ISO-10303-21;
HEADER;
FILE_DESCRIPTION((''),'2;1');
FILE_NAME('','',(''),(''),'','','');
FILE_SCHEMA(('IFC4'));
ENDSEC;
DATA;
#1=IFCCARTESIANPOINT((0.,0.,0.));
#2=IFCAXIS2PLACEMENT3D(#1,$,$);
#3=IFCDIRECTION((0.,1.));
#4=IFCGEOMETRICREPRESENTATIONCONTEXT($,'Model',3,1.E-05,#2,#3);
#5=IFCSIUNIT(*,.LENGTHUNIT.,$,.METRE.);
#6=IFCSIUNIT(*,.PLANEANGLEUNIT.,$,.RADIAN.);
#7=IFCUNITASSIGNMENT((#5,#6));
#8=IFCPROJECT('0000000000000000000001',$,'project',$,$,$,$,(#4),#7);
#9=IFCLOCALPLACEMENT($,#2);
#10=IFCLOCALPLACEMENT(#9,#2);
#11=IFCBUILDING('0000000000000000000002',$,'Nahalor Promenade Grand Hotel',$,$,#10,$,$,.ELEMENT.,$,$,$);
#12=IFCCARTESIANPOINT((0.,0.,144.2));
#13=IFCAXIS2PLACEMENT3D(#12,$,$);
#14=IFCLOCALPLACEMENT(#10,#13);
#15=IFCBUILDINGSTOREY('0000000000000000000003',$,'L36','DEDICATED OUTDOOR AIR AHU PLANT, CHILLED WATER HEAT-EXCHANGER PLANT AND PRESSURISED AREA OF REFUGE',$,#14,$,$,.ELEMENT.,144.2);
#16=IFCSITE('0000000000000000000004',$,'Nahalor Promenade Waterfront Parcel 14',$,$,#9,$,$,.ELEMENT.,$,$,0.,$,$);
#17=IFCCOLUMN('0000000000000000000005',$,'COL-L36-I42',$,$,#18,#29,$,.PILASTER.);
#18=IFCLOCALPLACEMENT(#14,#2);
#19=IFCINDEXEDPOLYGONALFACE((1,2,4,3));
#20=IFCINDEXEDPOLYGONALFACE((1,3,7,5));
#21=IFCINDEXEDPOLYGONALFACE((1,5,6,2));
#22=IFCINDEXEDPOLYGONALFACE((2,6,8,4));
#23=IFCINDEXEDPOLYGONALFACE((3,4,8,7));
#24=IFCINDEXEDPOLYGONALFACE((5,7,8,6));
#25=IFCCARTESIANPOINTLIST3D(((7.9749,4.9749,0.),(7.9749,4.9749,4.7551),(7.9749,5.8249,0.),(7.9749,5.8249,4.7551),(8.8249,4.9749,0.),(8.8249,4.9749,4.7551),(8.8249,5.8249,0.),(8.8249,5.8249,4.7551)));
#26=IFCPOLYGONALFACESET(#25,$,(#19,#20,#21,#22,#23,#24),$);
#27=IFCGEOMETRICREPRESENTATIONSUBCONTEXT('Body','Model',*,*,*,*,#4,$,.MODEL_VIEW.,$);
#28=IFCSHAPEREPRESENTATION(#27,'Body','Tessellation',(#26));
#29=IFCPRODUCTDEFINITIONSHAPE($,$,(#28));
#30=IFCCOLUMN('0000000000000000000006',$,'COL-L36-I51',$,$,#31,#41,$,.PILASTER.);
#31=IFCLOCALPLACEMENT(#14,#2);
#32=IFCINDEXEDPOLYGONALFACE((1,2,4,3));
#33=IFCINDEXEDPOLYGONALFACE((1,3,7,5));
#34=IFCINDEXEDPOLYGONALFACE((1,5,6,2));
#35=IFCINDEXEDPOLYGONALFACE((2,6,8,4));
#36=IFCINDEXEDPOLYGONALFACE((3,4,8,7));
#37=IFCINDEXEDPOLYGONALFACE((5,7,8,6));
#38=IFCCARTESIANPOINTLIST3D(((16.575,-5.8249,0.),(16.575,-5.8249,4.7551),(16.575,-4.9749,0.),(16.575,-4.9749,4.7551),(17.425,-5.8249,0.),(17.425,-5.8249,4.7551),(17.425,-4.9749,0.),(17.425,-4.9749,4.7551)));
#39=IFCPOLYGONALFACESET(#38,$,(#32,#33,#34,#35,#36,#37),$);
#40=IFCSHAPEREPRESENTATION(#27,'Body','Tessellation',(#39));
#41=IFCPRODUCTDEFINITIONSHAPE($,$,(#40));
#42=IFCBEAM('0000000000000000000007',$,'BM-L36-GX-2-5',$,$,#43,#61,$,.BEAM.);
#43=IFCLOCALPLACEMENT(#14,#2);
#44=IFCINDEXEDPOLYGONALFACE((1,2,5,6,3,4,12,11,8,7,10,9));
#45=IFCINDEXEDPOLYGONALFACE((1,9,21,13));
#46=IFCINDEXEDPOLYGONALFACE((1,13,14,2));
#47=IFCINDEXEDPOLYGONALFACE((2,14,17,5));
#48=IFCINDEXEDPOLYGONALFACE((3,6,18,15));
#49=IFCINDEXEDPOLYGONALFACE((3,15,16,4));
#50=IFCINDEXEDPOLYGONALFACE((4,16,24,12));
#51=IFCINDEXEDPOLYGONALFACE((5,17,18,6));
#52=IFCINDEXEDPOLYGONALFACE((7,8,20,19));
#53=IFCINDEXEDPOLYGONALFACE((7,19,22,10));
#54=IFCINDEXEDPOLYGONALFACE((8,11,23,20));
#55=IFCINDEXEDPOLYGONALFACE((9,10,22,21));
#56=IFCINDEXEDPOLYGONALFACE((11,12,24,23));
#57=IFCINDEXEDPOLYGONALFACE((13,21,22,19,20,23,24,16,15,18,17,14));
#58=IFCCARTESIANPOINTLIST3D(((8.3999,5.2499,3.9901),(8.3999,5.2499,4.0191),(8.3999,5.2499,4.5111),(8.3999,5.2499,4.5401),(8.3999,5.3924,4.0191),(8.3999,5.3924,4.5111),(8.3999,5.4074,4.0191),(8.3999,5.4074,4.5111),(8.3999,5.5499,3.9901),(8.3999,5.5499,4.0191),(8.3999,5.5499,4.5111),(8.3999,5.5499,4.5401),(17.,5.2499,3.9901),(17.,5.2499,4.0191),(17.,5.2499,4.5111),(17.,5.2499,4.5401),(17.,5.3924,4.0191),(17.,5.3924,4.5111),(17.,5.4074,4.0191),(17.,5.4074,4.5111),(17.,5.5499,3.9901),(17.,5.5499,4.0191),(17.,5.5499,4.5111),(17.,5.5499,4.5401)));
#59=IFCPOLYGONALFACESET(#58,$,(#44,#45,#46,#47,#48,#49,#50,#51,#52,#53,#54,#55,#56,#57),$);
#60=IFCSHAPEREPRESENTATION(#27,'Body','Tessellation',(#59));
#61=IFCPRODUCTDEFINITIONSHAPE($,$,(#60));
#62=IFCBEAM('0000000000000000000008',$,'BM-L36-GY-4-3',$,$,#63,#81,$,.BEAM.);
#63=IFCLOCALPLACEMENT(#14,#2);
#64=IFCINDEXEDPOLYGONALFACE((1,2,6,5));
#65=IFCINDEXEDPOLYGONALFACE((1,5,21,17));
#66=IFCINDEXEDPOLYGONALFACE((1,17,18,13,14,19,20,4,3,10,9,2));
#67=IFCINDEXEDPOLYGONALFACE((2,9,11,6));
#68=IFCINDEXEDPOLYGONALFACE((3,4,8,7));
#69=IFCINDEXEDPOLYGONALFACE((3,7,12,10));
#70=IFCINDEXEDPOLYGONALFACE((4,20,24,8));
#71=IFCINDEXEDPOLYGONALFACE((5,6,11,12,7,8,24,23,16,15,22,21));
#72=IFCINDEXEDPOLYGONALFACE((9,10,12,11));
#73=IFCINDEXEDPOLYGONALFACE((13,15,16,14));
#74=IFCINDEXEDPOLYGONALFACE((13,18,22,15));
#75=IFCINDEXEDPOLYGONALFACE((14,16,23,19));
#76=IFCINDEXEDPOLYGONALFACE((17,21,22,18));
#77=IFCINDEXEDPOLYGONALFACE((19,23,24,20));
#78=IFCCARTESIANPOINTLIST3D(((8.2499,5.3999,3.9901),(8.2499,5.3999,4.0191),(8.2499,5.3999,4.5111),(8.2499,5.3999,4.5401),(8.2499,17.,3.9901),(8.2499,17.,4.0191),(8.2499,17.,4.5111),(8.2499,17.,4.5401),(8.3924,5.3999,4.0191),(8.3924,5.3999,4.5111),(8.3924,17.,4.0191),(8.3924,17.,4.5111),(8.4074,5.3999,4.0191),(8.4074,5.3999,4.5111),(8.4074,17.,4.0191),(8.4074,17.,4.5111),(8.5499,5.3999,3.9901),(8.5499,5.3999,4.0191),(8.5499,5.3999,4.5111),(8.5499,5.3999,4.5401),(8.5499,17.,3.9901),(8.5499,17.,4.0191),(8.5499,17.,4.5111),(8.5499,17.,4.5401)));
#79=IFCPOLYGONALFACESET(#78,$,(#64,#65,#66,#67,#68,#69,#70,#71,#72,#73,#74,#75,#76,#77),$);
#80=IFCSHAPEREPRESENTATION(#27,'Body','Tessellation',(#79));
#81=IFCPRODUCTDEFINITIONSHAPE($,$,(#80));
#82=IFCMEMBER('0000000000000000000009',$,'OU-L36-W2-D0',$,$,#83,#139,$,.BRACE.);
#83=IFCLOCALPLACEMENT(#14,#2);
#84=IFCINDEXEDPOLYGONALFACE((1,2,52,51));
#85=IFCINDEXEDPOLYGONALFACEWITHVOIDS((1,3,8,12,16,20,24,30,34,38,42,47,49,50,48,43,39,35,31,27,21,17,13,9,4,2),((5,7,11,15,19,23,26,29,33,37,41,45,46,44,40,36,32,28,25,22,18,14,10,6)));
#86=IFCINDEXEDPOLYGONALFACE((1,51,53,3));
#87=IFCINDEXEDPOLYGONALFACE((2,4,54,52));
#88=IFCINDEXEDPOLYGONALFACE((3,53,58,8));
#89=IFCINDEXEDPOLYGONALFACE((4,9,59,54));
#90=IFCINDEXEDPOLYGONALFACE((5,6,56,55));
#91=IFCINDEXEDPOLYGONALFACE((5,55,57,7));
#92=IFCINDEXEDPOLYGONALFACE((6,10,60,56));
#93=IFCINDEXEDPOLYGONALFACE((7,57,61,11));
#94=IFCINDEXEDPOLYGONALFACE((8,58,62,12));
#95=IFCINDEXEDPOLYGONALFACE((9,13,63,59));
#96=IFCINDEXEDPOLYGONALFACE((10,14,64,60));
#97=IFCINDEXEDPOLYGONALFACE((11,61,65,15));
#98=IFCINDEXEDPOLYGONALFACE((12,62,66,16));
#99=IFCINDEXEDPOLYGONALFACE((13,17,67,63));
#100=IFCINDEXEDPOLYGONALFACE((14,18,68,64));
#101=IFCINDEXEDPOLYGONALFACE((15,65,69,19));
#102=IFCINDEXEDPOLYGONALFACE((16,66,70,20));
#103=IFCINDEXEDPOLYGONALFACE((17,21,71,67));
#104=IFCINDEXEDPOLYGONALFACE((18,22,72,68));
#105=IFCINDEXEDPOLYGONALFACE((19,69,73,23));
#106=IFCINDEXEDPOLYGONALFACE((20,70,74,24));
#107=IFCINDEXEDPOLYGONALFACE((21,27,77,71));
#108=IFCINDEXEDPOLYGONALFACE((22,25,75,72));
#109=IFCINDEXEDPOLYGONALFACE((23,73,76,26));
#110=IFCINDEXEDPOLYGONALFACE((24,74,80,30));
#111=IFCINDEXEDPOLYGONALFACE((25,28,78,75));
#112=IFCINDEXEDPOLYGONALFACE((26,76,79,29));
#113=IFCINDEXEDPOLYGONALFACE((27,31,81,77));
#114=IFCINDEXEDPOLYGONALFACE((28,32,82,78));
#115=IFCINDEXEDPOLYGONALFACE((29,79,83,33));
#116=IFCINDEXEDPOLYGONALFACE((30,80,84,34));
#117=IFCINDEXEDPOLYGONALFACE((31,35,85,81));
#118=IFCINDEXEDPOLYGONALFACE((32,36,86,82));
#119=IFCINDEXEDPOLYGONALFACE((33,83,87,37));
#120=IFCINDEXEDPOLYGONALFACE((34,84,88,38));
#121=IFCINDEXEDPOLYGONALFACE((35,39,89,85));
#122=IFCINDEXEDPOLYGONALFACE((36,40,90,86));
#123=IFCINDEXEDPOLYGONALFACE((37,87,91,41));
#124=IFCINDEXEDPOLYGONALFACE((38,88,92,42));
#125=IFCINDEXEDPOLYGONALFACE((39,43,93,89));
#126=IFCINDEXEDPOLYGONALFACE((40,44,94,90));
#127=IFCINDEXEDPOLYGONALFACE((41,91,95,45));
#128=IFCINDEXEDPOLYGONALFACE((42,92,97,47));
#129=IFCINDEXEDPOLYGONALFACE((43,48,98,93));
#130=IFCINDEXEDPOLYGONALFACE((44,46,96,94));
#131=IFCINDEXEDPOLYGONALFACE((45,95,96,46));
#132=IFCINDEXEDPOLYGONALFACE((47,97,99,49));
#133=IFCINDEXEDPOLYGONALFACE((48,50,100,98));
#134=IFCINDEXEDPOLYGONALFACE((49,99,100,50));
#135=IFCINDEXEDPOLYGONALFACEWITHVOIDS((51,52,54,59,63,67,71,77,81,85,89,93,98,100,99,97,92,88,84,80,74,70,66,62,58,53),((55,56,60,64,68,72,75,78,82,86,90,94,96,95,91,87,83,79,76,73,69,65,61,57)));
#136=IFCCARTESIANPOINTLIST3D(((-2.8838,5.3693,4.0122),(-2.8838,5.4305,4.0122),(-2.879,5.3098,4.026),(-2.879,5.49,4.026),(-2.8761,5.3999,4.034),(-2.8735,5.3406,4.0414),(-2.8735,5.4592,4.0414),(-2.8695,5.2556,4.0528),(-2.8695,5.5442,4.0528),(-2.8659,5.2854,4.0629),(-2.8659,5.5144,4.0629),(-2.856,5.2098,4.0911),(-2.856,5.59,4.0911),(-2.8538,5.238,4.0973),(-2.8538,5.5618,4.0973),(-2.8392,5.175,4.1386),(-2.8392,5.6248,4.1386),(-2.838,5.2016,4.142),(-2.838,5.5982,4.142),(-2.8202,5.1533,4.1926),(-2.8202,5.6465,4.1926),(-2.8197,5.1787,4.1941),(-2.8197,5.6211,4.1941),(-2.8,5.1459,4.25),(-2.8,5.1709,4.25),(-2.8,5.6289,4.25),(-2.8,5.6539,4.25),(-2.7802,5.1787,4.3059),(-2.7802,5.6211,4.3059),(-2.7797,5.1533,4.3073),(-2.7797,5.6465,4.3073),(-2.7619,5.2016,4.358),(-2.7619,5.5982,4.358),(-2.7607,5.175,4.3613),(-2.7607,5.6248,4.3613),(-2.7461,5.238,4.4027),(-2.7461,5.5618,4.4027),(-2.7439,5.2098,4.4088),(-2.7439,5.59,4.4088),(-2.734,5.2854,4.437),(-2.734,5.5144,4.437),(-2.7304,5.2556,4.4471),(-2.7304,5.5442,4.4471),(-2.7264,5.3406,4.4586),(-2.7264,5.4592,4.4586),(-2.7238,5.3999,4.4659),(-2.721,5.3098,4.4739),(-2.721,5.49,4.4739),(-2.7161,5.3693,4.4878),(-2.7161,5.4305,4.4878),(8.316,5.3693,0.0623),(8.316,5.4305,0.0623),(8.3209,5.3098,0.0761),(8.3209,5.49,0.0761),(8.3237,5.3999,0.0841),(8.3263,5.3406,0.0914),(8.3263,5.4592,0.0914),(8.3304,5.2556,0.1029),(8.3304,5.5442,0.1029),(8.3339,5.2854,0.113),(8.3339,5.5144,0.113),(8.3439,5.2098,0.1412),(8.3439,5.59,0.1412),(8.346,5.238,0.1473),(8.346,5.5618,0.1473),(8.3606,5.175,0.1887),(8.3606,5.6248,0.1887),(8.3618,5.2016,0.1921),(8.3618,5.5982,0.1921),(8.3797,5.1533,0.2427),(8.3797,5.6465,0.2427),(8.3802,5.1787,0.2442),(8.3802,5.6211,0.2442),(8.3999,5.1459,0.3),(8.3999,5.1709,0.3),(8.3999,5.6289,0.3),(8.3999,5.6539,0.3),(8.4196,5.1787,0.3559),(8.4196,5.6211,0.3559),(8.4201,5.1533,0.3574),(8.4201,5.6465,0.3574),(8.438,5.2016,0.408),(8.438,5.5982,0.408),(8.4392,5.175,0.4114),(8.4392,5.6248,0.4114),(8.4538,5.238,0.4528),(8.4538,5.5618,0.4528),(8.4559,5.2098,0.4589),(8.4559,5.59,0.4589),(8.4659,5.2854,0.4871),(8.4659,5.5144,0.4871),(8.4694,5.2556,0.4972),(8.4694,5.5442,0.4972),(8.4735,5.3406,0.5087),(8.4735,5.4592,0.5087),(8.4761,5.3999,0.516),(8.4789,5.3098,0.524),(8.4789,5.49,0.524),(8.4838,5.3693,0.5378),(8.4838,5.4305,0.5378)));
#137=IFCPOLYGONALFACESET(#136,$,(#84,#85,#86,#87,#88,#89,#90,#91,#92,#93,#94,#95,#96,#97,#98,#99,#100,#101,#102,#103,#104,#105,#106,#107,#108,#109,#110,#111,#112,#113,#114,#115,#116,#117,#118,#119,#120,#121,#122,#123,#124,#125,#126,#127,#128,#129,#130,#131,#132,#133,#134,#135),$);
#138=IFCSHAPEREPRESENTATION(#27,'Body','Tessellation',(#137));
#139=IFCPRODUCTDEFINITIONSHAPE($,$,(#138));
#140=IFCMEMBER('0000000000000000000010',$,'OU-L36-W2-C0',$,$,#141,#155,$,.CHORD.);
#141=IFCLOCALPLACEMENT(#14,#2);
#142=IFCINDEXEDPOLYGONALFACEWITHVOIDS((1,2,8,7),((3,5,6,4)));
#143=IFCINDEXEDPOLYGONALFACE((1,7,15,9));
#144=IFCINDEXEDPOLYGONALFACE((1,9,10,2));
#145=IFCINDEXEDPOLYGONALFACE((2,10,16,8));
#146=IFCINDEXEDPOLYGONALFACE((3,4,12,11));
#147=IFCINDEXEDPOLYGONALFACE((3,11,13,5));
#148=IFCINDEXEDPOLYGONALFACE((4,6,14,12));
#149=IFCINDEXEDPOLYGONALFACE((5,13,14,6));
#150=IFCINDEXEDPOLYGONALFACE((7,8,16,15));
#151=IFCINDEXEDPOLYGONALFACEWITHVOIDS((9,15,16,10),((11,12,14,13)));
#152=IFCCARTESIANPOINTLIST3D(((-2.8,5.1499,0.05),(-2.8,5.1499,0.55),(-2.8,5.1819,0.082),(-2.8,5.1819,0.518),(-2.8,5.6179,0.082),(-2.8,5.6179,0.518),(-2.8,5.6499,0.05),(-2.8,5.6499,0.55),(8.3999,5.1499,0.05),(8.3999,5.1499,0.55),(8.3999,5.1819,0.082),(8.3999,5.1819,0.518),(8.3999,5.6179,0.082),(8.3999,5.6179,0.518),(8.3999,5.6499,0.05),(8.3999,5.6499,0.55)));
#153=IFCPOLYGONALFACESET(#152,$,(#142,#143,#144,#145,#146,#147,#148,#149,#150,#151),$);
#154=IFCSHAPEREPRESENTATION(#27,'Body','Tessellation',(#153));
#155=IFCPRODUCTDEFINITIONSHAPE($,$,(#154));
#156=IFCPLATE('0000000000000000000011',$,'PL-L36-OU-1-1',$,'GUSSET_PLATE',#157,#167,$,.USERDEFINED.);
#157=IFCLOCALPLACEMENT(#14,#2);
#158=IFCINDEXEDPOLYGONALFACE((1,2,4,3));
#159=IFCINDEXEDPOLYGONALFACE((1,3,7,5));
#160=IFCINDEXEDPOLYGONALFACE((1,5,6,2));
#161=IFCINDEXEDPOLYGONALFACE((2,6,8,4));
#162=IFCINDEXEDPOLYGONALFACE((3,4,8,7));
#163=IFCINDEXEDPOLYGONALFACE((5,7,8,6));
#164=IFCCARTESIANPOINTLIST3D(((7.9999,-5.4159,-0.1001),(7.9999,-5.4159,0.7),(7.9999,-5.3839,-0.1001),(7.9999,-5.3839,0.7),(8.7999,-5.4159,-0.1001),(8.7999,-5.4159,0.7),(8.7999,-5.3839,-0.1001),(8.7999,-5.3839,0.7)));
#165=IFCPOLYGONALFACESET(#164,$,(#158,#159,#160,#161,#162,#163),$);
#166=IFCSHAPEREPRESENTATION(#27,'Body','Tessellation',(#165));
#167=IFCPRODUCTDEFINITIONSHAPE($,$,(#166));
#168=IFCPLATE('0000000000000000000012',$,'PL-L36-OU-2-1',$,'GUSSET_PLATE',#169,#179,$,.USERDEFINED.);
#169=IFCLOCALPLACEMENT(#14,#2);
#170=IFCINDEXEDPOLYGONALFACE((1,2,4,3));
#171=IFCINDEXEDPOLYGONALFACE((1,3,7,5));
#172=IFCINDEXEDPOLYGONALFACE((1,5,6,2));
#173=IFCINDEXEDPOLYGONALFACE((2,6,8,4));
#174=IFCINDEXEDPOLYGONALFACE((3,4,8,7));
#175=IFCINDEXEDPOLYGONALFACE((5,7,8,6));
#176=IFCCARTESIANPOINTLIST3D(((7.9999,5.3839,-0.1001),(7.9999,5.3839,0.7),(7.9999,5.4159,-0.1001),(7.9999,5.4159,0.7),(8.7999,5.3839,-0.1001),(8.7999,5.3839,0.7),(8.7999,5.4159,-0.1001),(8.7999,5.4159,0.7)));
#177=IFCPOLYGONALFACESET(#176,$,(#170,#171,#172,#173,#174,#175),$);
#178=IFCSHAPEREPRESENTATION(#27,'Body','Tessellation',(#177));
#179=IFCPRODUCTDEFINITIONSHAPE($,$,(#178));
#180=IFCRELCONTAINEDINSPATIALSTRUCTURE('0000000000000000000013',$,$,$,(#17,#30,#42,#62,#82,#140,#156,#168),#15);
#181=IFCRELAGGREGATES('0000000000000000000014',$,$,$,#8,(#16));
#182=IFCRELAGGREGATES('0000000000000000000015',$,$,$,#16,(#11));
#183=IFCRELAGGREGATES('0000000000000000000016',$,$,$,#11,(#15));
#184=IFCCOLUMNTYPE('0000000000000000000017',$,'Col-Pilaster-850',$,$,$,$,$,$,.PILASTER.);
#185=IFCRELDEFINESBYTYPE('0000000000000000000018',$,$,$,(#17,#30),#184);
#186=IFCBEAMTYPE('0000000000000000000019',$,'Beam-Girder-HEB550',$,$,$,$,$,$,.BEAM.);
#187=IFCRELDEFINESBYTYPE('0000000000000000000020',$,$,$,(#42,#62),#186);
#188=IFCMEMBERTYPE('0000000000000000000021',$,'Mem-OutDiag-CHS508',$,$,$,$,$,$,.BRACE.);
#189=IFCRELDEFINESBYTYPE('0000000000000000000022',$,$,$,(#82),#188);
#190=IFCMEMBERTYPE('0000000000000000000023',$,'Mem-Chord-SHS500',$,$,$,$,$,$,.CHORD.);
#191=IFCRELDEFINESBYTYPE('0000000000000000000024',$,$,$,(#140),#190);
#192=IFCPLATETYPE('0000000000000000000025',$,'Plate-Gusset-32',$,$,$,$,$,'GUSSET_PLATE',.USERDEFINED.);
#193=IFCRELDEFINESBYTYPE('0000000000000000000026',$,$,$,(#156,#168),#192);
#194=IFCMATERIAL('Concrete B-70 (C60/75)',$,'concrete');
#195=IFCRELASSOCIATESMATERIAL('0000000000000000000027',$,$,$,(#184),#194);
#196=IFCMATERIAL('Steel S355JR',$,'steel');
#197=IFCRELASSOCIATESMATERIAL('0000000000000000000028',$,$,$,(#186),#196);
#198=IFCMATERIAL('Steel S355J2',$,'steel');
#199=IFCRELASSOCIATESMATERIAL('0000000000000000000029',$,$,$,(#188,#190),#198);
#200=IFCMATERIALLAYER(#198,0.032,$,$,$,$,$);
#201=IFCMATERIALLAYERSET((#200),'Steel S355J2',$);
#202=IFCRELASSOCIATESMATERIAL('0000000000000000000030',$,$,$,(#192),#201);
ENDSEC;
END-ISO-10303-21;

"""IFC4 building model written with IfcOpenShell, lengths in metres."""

from ifc_helpers import new_model, si_unit, direction, frame, origin, origin_2d, place, context, subcontext, project, spatial, rectangle, hollow_rectangle, hollow_circle, i_section, extrude, source, transform, mapped, material, layer, layer_set, material_profile, profile_set, type_object, element, save


model = new_model("IFC4")

# Units and contexts
model_context = context("Model", 3, precision=1e-05, world=origin(), true_north=direction((0.0, 1.0)))
body_context = subcontext(model_context, "Body", "Model", "MODEL_VIEW")
ifc_project = project(units=[si_unit("LENGTHUNIT", "METRE"), si_unit("PLANEANGLEUNIT", "RADIAN")], contexts=[model_context])

# Site, building, storey
site_placement = place(None, origin())
site = spatial("IfcSite", under=ifc_project, at=site_placement, Name="Nahalor Promenade Waterfront Parcel 14", CompositionType="ELEMENT", RefElevation=0.0)
building_placement = place(site_placement, origin())
building = spatial("IfcBuilding", under=site, at=building_placement, Name="Nahalor Promenade Grand Hotel", CompositionType="ELEMENT")
storey_placement = place(building_placement, frame((0.0, 0.0, 144.2)))
storey = spatial("IfcBuildingStorey", under=building, at=storey_placement, Name="L36", Description="DEDICATED OUTDOOR AIR AHU PLANT, CHILLED WATER HEAT-EXCHANGER PLANT AND PRESSURISED AREA OF REFUGE", CompositionType="ELEMENT", Elevation=144.2)

# Columns
ifc_material_1 = material(Name="Concrete B-70 (C60/75)", Category="concrete")
ifc_material_profile_1 = material_profile(ifc_material_1, rectangle(XDim=0.85, YDim=0.85, at=origin_2d()), Name="RC 850x850")
ifc_profile_set_1 = profile_set([ifc_material_profile_1], Name="Concrete B-70 (C60/75)")
column_type = type_object("IfcColumnType", Name="Col-Pilaster-850", PredefinedType="PILASTER", material=ifc_profile_set_1)
shared_shape_1 = source(origin(), body_context, "Body", "SweptSolid", [
    extrude(rectangle(XDim=0.85, YDim=0.85, at=origin_2d()), origin(), (0.0, 0.0, 1.0), 4.7551),
])
for number, where, z_axis, x_axis, name in (
    (1, (8.3999, 5.3999, 0.0), (0.0, 0.0, 1.0), (1.0, 0.0, 0.0), "COL-L36-I42"),
    (2, (17.0, -5.3999, 0.0), (0.0, 0.0, 1.0), (1.0, 0.0, 0.0), "COL-L36-I51"),
):
    element("IfcColumn", number, at=place(storey_placement, frame(where, z_axis=z_axis, x_axis=x_axis)), inside=storey, type_object=column_type, Name=name, PredefinedType="PILASTER", context=body_context, shape_type="MappedRepresentation", body=[
        mapped(shared_shape_1, transform((0.0, 0.0, 0.0), scale=1.0)),
    ])

# Beams
ifc_material_2 = material(Name="Steel S355JR", Category="steel")
ifc_material_profile_2 = material_profile(ifc_material_2, i_section(OverallWidth=0.3, OverallDepth=0.55, WebThickness=0.015, FlangeThickness=0.029, at=origin_2d()), Name="HEB 550")
ifc_profile_set_2 = profile_set([ifc_material_profile_2], Name="Steel S355JR")
beam_type = type_object("IfcBeamType", Name="Beam-Girder-HEB550", PredefinedType="BEAM", material=ifc_profile_set_2)
shared_shape_2 = source(origin(), body_context, "Body", "SweptSolid", [
    extrude(i_section(OverallWidth=0.3, OverallDepth=0.55, WebThickness=0.015, FlangeThickness=0.029, at=origin_2d()), origin(), (0.0, 0.0, 1.0), 8.6001),
])
beam_1_placement = place(storey_placement, frame((8.3999, 5.3999, 4.2651), z_axis=(1.0, 0.0, 0.0), x_axis=(0.0, 1.0, 0.0)))
element("IfcBeam", 3, at=beam_1_placement, inside=storey, type_object=beam_type, Name="BM-L36-GX-2-5", PredefinedType="BEAM", context=body_context, shape_type="MappedRepresentation", body=[
    mapped(shared_shape_2, transform((0.0, 0.0, 0.0), scale=1.0)),
])
shared_shape_3 = source(origin(), body_context, "Body", "SweptSolid", [
    extrude(i_section(OverallWidth=0.3, OverallDepth=0.55, WebThickness=0.015, FlangeThickness=0.029, at=origin_2d()), origin(), (0.0, 0.0, 1.0), 11.6001),
])
beam_2_placement = place(storey_placement, frame((8.3999, 5.3999, 4.2651), z_axis=(0.0, 1.0, 0.0), x_axis=(-1.0, 0.0, 0.0)))
element("IfcBeam", 4, at=beam_2_placement, inside=storey, type_object=beam_type, Name="BM-L36-GY-4-3", PredefinedType="BEAM", context=body_context, shape_type="MappedRepresentation", body=[
    mapped(shared_shape_3, transform((0.0, 0.0, 0.0), scale=1.0)),
])

# Members
ifc_material_3 = material(Name="Steel S355J2", Category="steel")
ifc_material_profile_3 = material_profile(ifc_material_3, hollow_circle(Radius=0.254, WallThickness=0.025, at=origin_2d()), Name="CHS 508x25")
ifc_profile_set_3 = profile_set([ifc_material_profile_3], Name="Steel S355J2")
member_type_1 = type_object("IfcMemberType", Name="Mem-OutDiag-CHS508", PredefinedType="BRACE", material=ifc_profile_set_3)
shared_shape_4 = source(origin(), body_context, "Body", "SweptSolid", [
    extrude(hollow_circle(Radius=0.254, WallThickness=0.025, at=origin_2d()), origin(), (0.0, 0.0, 1.0), 11.876),
])
member_1_placement = place(storey_placement, frame((8.3999, 5.3999, 0.3), z_axis=(-0.943069, 0.0, 0.332598), x_axis=(0.0, -1.0, 0.0)))
element("IfcMember", 5, at=member_1_placement, inside=storey, type_object=member_type_1, Name="OU-L36-W2-D0", PredefinedType="BRACE", context=body_context, shape_type="MappedRepresentation", body=[
    mapped(shared_shape_4, transform((0.0, 0.0, 0.0), scale=1.0)),
])
ifc_material_profile_4 = material_profile(ifc_material_3, hollow_rectangle(XDim=0.5, YDim=0.5, WallThickness=0.032, at=origin_2d()), Name="SHS 500x500x32")
ifc_profile_set_4 = profile_set([ifc_material_profile_4], Name="Steel S355J2")
member_type_2 = type_object("IfcMemberType", Name="Mem-Chord-SHS500", PredefinedType="CHORD", material=ifc_profile_set_4)
shared_shape_5 = source(origin(), body_context, "Body", "SweptSolid", [
    extrude(hollow_rectangle(XDim=0.5, YDim=0.5, WallThickness=0.032, at=origin_2d()), origin(), (0.0, 0.0, 1.0), 11.2),
])
member_2_placement = place(storey_placement, frame((8.3999, 5.3999, 0.3), z_axis=(-1.0, 0.0, 0.0), x_axis=(0.0, -1.0, 0.0)))
element("IfcMember", 6, at=member_2_placement, inside=storey, type_object=member_type_2, Name="OU-L36-W2-C0", PredefinedType="CHORD", context=body_context, shape_type="MappedRepresentation", body=[
    mapped(shared_shape_5, transform((0.0, 0.0, 0.0), scale=1.0)),
])

# Plates
ifc_layer_1 = layer(ifc_material_3, 0.032)
ifc_layer_set_1 = layer_set([ifc_layer_1], Name="Steel S355J2")
plate_type = type_object("IfcPlateType", Name="Plate-Gusset-32", ElementType="GUSSET_PLATE", PredefinedType="USERDEFINED", material=ifc_layer_set_1)
shared_shape_6 = source(origin(), body_context, "Body", "SweptSolid", [
    extrude(rectangle(XDim=0.8, YDim=0.032, at=origin_2d()), origin(), (0.0, 0.0, 1.0), 0.8),
])
for number, where, z_axis, x_axis, name in (
    (7, (8.3999, -5.3999, -0.1001), (0.0, 0.0, 1.0), (1.0, 0.0, 0.0), "PL-L36-OU-1-1"),
    (8, (8.3999, 5.3999, -0.1001), (0.0, 0.0, 1.0), (1.0, 0.0, 0.0), "PL-L36-OU-2-1"),
):
    element("IfcPlate", number, at=place(storey_placement, frame(where, z_axis=z_axis, x_axis=x_axis)), inside=storey, type_object=plate_type, Name=name, ObjectType="GUSSET_PLATE", PredefinedType="USERDEFINED", context=body_context, shape_type="MappedRepresentation", body=[
        mapped(shared_shape_6, transform((0.0, 0.0, 0.0), scale=1.0)),
    ])

save(model, "model.ifc")
